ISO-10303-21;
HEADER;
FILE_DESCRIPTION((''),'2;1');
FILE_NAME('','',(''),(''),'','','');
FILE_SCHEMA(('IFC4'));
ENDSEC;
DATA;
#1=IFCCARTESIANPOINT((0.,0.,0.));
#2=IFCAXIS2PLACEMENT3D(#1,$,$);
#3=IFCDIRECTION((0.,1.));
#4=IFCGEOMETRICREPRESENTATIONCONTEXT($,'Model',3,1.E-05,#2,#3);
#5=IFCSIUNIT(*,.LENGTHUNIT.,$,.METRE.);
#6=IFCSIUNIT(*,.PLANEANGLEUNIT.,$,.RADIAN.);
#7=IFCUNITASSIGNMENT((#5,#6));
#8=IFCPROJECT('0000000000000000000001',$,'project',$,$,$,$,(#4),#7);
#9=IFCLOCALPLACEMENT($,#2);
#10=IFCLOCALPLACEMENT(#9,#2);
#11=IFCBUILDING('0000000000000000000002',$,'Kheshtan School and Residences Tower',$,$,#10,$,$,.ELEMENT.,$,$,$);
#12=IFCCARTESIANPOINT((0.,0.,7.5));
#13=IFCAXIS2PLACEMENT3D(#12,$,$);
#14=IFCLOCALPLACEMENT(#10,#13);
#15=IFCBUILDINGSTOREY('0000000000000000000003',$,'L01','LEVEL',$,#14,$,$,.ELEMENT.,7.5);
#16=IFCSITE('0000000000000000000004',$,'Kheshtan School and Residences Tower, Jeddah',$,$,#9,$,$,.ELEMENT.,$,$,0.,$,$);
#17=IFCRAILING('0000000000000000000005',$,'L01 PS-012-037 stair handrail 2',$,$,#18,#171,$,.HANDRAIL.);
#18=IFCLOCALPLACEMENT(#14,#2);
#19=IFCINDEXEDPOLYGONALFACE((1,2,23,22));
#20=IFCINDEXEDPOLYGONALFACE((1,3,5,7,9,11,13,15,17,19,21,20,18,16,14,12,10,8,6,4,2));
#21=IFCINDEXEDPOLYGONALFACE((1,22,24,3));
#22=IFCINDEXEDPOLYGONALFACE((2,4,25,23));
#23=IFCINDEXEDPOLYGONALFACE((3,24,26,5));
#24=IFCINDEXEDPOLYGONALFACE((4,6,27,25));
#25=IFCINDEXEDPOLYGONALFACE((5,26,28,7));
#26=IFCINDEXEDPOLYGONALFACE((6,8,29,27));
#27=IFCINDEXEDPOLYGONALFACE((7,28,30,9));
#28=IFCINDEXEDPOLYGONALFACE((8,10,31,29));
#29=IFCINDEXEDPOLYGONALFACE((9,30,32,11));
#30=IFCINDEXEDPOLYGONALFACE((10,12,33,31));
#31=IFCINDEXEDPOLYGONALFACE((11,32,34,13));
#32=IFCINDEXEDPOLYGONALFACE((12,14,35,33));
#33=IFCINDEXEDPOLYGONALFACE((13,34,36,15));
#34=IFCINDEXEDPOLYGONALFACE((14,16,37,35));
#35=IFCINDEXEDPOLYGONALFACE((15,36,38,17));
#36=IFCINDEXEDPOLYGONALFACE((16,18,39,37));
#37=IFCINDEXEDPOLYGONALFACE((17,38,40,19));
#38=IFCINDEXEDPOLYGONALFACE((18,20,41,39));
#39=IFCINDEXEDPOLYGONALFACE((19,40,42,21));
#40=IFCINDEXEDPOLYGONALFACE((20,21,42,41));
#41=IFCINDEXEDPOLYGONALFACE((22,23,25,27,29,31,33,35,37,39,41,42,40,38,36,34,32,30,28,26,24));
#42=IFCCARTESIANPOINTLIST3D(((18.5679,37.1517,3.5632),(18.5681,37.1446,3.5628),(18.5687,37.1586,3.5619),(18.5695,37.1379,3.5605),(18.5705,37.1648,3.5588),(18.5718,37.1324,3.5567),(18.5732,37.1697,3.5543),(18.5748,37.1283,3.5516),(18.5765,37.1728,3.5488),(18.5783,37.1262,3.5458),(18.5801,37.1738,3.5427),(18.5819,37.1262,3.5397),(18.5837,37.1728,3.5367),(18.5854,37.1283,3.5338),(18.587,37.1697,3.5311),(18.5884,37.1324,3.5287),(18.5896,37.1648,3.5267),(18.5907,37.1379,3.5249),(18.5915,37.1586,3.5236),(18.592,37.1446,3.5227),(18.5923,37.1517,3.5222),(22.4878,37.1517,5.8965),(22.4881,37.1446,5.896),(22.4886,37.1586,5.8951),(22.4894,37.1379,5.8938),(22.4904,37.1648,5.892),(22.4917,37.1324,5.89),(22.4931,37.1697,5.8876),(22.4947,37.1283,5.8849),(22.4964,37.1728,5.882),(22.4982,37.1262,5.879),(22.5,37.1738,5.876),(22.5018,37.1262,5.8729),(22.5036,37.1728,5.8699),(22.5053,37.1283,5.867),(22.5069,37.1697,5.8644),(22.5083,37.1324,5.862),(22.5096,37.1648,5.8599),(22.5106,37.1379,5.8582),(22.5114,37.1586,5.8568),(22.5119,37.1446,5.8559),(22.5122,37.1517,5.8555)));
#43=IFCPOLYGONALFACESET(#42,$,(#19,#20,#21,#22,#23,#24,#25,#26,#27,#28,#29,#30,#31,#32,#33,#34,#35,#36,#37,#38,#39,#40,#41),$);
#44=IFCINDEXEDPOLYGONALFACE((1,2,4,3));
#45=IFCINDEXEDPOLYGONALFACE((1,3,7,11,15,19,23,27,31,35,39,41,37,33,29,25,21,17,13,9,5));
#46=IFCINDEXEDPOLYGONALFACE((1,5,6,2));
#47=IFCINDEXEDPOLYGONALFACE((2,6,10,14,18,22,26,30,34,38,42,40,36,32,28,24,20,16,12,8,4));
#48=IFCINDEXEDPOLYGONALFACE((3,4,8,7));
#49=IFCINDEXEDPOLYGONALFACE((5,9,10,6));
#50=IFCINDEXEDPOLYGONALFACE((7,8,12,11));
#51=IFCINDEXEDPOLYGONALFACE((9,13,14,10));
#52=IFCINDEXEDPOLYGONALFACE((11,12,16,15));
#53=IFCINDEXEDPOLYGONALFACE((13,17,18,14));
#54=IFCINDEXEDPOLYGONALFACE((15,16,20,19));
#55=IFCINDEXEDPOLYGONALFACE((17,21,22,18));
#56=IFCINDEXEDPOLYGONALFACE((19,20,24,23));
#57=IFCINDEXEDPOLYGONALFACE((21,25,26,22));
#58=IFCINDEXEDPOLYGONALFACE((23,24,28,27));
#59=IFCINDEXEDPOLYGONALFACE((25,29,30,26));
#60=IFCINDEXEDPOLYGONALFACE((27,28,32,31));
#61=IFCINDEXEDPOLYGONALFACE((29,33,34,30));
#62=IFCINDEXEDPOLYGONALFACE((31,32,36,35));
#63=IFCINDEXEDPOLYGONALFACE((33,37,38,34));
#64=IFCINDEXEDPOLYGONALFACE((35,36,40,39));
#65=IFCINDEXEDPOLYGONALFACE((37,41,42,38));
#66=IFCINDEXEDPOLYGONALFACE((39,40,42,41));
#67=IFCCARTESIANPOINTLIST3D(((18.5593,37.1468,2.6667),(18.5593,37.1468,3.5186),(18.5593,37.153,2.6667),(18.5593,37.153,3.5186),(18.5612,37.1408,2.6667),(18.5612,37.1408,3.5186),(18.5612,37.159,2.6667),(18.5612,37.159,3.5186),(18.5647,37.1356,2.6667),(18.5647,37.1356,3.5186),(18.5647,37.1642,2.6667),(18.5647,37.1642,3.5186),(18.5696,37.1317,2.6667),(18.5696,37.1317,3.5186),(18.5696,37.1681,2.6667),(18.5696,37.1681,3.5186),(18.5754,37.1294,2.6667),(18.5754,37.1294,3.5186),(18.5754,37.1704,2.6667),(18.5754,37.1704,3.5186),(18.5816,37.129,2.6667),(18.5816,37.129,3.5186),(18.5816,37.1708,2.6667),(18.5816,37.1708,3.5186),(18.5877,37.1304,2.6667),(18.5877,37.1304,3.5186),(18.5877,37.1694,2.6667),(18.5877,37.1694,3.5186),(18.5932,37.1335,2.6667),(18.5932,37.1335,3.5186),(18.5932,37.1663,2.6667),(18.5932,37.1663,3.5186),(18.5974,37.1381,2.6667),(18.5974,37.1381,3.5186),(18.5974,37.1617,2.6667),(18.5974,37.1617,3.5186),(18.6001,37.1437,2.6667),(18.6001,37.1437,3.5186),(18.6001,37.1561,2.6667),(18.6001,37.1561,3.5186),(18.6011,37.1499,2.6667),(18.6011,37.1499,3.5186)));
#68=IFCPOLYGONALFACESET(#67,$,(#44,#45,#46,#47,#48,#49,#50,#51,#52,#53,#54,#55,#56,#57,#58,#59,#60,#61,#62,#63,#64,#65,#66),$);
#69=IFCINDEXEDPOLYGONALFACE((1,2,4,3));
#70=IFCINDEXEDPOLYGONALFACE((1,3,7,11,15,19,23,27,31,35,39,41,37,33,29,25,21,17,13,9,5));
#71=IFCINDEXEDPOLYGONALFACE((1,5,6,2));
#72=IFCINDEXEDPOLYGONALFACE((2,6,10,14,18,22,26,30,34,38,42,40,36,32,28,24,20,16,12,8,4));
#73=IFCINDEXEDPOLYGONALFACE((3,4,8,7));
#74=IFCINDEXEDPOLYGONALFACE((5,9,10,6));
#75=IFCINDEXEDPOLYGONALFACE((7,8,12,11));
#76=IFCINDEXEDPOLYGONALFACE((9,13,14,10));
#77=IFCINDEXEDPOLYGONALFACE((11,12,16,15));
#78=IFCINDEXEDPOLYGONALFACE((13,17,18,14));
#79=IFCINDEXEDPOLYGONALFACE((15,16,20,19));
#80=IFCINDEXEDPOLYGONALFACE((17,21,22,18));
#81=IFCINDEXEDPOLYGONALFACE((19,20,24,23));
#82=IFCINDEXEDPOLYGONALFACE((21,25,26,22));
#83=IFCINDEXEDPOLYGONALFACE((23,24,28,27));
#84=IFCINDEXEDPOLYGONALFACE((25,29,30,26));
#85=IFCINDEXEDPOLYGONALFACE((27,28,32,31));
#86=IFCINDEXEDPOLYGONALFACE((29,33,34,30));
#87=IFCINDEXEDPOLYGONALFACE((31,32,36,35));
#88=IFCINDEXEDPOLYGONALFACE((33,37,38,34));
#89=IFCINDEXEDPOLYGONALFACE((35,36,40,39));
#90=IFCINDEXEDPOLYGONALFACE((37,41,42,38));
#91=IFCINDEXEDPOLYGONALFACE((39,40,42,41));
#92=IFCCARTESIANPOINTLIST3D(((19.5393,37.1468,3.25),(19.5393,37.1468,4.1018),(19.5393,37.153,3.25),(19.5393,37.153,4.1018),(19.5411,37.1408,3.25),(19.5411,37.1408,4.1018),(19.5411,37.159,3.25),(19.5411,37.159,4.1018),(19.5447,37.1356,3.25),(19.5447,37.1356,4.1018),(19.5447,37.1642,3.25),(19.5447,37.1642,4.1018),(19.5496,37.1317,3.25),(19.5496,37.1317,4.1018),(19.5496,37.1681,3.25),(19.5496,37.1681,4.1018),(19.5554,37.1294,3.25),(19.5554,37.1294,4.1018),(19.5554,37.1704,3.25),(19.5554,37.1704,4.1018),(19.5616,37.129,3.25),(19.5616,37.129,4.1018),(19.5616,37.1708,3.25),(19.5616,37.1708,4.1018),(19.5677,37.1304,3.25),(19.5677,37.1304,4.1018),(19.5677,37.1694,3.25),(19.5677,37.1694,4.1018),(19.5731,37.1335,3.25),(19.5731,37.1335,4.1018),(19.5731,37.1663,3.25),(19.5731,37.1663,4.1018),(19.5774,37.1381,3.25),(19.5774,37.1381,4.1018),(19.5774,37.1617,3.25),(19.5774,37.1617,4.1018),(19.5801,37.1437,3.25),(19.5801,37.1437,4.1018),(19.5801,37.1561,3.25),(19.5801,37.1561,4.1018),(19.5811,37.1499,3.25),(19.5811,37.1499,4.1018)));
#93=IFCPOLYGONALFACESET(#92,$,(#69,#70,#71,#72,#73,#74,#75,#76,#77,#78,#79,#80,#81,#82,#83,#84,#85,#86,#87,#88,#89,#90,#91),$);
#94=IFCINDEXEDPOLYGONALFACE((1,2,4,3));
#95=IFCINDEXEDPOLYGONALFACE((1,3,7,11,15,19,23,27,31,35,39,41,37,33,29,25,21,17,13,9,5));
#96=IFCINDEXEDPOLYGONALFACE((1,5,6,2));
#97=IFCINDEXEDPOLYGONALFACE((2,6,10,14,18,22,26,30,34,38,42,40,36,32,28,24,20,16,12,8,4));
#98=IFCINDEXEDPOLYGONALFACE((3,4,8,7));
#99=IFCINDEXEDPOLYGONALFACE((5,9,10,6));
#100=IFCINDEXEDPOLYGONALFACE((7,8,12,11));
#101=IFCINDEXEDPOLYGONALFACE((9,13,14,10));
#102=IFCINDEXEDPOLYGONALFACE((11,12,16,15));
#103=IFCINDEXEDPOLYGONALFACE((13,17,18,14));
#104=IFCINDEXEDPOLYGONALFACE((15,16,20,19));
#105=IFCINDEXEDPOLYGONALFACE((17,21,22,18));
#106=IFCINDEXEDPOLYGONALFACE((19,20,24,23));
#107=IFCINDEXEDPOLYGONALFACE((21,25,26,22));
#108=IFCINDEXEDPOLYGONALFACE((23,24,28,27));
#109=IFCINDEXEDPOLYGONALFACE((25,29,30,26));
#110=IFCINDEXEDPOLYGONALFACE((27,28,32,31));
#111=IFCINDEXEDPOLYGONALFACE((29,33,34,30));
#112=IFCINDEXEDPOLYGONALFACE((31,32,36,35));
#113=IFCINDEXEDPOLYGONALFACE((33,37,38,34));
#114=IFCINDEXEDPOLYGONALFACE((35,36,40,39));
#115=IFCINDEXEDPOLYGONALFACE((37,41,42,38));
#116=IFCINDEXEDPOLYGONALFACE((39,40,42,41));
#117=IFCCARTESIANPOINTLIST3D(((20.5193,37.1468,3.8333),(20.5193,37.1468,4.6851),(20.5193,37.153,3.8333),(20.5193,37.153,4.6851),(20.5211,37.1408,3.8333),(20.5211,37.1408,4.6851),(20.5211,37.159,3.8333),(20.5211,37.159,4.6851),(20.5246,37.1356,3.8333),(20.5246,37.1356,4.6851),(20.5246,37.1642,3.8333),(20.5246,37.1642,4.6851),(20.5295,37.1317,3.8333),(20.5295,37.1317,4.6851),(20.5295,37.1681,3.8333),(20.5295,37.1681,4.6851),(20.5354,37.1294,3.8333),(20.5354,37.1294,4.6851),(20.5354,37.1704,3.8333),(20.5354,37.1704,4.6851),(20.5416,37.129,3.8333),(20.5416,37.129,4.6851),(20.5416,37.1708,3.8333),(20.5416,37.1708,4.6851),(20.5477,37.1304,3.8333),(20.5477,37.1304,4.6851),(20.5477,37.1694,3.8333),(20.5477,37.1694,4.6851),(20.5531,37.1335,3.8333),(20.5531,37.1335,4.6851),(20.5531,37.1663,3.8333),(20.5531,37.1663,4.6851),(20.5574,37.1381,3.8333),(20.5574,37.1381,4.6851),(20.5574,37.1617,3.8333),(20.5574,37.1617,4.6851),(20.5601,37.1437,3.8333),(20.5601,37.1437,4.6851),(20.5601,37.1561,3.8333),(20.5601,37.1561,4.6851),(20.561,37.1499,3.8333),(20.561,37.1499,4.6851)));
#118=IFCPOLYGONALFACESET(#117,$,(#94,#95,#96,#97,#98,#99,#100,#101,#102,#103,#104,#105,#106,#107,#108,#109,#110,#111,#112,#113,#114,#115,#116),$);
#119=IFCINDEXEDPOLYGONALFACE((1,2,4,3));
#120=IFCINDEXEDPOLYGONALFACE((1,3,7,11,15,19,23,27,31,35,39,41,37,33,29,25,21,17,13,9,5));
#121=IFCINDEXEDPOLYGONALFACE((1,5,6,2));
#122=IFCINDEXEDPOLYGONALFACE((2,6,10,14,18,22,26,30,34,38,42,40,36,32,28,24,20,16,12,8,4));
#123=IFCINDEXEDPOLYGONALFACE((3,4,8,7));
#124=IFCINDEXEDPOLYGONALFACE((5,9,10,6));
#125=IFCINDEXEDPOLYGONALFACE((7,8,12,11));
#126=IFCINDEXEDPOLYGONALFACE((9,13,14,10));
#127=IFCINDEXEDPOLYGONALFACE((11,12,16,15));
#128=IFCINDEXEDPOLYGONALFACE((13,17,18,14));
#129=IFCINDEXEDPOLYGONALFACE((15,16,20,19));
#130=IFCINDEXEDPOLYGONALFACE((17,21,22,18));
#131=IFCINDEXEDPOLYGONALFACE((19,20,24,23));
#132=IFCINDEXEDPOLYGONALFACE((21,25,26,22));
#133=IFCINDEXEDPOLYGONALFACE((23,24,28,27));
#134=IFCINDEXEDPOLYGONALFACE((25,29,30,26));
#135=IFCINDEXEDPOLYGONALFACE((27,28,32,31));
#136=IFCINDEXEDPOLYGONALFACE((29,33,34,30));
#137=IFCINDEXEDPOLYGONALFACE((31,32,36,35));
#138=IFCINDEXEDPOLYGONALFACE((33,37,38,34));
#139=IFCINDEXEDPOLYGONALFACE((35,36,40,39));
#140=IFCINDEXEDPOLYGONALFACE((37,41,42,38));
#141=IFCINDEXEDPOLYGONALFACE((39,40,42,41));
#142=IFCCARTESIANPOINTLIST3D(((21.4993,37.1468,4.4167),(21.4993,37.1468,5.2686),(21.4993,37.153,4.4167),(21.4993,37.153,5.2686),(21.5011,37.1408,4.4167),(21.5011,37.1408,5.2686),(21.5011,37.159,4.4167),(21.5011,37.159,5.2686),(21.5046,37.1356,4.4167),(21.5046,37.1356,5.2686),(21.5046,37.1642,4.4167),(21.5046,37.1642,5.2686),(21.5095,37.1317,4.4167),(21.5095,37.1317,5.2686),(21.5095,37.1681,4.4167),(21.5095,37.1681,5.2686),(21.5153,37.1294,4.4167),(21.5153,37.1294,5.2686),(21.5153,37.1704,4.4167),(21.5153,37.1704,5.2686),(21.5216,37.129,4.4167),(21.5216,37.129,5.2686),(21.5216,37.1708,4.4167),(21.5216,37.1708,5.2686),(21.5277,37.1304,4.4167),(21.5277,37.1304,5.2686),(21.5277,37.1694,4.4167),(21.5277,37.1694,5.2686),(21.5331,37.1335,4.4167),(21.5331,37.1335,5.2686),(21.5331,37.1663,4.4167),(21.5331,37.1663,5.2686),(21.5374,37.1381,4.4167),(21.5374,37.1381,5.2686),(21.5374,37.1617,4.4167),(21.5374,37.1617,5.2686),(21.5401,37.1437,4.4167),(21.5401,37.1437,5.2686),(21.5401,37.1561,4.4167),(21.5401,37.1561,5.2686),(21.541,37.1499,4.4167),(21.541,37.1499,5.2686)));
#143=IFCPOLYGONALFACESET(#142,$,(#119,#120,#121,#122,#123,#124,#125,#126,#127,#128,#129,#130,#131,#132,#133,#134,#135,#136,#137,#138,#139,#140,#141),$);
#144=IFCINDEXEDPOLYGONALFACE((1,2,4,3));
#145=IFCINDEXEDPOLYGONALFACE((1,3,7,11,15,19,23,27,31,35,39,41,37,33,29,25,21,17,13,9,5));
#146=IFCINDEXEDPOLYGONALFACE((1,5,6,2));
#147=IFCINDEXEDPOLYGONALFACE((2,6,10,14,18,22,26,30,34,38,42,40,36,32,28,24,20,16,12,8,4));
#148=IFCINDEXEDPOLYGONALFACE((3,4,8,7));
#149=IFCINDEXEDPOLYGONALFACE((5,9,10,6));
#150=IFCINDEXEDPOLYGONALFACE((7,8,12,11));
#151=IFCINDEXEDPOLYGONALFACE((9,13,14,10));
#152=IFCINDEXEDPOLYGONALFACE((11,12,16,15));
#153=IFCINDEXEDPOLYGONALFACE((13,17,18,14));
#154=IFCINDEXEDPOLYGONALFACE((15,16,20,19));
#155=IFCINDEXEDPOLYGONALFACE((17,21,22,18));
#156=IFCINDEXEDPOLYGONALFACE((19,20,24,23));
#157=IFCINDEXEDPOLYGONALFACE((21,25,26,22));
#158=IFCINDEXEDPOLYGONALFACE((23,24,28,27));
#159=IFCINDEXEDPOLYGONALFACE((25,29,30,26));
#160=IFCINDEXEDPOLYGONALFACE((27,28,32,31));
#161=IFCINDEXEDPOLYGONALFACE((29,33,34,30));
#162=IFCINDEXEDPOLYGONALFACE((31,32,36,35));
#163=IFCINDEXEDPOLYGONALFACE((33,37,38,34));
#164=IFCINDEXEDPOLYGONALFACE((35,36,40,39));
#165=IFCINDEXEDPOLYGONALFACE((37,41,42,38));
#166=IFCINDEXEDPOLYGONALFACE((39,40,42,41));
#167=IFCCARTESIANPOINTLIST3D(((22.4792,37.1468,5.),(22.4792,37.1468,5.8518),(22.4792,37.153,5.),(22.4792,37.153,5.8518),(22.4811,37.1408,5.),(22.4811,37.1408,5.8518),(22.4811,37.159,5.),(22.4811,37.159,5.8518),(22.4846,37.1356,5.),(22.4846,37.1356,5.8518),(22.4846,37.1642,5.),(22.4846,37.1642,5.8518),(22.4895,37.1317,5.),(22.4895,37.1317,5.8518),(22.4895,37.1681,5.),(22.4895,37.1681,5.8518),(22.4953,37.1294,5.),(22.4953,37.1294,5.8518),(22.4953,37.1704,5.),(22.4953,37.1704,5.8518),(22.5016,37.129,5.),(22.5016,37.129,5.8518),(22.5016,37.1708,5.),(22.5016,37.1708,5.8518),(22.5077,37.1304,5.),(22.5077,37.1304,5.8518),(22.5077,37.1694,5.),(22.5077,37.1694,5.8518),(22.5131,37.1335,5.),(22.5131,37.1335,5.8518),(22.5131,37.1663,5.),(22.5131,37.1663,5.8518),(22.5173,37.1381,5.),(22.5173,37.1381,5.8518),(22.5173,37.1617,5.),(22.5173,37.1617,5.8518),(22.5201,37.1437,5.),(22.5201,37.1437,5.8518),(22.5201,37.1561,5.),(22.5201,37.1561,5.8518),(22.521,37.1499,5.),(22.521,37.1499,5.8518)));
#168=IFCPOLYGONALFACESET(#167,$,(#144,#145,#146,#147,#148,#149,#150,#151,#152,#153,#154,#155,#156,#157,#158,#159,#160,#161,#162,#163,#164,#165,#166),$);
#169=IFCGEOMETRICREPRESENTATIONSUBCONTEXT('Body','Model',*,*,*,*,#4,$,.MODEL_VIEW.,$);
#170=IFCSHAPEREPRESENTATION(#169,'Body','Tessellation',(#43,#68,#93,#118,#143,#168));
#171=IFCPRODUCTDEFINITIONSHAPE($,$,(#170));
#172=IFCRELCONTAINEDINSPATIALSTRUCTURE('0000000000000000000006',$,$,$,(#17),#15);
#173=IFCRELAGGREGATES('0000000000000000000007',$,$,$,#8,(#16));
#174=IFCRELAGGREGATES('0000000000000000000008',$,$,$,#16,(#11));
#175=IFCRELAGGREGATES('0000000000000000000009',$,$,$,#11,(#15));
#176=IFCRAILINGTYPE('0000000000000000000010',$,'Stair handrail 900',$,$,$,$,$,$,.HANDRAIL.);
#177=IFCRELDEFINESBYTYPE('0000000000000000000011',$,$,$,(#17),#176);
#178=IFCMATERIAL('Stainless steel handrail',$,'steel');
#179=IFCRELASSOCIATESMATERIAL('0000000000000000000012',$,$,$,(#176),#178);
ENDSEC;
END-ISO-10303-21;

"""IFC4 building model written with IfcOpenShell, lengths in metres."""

from ifc_helpers import new_model, si_unit, direction, frame, origin, origin_2d, place, context, subcontext, project, spatial, circle, extrude, material, type_object, element, save


model = new_model("IFC4")

# Units and contexts
model_context = context("Model", 3, precision=1e-05, world=origin(), true_north=direction((0.0, 1.0)))
body_context = subcontext(model_context, "Body", "Model", "MODEL_VIEW")
ifc_project = project(units=[si_unit("LENGTHUNIT", "METRE"), si_unit("PLANEANGLEUNIT", "RADIAN")], contexts=[model_context])

# Site, building, storey
site_placement = place(None, origin())
site = spatial("IfcSite", under=ifc_project, at=site_placement, Name="Kheshtan School and Residences Tower, Jeddah", CompositionType="ELEMENT", RefElevation=0.0)
building_placement = place(site_placement, origin())
building = spatial("IfcBuilding", under=site, at=building_placement, Name="Kheshtan School and Residences Tower", CompositionType="ELEMENT")
storey_placement = place(building_placement, frame((0.0, 0.0, 7.5)))
storey = spatial("IfcBuildingStorey", under=building, at=storey_placement, Name="L01", Description="LEVEL", CompositionType="ELEMENT", Elevation=7.5)

# Railing
ifc_material_1 = material(Name="Stainless steel handrail", Category="steel")
railing_type_1 = type_object("IfcRailingType", Name="Stair handrail 900", PredefinedType="HANDRAIL", material=ifc_material_1)
railing_1_placement = place(storey_placement, frame((18.5801, 37.1499, 2.6667)))
element("IfcRailing", 1, at=railing_1_placement, inside=storey, type_object=railing_type_1, Name="L01 PS-012-037 stair handrail 2", PredefinedType="HANDRAIL", context=body_context, shape_type="SweptSolid", body=[
    extrude(circle(Radius=0.0239, at=origin_2d()), frame((0.0, 0.0, 0.876), z_axis=(0.859296, 0.0, 0.511478), x_axis=(0.0, 1.0, 0.0)), (0.0, 0.0, 1.0), 4.5618),
    extrude(circle(Radius=0.021, at=origin_2d()), origin(), (0.0, 0.0, 1.0), 0.8518),
    extrude(circle(Radius=0.021, at=origin_2d()), frame((0.98, 0.0, 0.5833)), (0.0, 0.0, 1.0), 0.8518),
    extrude(circle(Radius=0.021, at=origin_2d()), frame((1.96, 0.0, 1.1665)), (0.0, 0.0, 1.0), 0.8518),
    extrude(circle(Radius=0.021, at=origin_2d()), frame((2.9399, 0.0, 1.75)), (0.0, 0.0, 1.0), 0.8518),
    extrude(circle(Radius=0.021, at=origin_2d()), frame((3.9199, 0.0, 2.3333)), (0.0, 0.0, 1.0), 0.8518),
])

save(model, "model.ifc")
